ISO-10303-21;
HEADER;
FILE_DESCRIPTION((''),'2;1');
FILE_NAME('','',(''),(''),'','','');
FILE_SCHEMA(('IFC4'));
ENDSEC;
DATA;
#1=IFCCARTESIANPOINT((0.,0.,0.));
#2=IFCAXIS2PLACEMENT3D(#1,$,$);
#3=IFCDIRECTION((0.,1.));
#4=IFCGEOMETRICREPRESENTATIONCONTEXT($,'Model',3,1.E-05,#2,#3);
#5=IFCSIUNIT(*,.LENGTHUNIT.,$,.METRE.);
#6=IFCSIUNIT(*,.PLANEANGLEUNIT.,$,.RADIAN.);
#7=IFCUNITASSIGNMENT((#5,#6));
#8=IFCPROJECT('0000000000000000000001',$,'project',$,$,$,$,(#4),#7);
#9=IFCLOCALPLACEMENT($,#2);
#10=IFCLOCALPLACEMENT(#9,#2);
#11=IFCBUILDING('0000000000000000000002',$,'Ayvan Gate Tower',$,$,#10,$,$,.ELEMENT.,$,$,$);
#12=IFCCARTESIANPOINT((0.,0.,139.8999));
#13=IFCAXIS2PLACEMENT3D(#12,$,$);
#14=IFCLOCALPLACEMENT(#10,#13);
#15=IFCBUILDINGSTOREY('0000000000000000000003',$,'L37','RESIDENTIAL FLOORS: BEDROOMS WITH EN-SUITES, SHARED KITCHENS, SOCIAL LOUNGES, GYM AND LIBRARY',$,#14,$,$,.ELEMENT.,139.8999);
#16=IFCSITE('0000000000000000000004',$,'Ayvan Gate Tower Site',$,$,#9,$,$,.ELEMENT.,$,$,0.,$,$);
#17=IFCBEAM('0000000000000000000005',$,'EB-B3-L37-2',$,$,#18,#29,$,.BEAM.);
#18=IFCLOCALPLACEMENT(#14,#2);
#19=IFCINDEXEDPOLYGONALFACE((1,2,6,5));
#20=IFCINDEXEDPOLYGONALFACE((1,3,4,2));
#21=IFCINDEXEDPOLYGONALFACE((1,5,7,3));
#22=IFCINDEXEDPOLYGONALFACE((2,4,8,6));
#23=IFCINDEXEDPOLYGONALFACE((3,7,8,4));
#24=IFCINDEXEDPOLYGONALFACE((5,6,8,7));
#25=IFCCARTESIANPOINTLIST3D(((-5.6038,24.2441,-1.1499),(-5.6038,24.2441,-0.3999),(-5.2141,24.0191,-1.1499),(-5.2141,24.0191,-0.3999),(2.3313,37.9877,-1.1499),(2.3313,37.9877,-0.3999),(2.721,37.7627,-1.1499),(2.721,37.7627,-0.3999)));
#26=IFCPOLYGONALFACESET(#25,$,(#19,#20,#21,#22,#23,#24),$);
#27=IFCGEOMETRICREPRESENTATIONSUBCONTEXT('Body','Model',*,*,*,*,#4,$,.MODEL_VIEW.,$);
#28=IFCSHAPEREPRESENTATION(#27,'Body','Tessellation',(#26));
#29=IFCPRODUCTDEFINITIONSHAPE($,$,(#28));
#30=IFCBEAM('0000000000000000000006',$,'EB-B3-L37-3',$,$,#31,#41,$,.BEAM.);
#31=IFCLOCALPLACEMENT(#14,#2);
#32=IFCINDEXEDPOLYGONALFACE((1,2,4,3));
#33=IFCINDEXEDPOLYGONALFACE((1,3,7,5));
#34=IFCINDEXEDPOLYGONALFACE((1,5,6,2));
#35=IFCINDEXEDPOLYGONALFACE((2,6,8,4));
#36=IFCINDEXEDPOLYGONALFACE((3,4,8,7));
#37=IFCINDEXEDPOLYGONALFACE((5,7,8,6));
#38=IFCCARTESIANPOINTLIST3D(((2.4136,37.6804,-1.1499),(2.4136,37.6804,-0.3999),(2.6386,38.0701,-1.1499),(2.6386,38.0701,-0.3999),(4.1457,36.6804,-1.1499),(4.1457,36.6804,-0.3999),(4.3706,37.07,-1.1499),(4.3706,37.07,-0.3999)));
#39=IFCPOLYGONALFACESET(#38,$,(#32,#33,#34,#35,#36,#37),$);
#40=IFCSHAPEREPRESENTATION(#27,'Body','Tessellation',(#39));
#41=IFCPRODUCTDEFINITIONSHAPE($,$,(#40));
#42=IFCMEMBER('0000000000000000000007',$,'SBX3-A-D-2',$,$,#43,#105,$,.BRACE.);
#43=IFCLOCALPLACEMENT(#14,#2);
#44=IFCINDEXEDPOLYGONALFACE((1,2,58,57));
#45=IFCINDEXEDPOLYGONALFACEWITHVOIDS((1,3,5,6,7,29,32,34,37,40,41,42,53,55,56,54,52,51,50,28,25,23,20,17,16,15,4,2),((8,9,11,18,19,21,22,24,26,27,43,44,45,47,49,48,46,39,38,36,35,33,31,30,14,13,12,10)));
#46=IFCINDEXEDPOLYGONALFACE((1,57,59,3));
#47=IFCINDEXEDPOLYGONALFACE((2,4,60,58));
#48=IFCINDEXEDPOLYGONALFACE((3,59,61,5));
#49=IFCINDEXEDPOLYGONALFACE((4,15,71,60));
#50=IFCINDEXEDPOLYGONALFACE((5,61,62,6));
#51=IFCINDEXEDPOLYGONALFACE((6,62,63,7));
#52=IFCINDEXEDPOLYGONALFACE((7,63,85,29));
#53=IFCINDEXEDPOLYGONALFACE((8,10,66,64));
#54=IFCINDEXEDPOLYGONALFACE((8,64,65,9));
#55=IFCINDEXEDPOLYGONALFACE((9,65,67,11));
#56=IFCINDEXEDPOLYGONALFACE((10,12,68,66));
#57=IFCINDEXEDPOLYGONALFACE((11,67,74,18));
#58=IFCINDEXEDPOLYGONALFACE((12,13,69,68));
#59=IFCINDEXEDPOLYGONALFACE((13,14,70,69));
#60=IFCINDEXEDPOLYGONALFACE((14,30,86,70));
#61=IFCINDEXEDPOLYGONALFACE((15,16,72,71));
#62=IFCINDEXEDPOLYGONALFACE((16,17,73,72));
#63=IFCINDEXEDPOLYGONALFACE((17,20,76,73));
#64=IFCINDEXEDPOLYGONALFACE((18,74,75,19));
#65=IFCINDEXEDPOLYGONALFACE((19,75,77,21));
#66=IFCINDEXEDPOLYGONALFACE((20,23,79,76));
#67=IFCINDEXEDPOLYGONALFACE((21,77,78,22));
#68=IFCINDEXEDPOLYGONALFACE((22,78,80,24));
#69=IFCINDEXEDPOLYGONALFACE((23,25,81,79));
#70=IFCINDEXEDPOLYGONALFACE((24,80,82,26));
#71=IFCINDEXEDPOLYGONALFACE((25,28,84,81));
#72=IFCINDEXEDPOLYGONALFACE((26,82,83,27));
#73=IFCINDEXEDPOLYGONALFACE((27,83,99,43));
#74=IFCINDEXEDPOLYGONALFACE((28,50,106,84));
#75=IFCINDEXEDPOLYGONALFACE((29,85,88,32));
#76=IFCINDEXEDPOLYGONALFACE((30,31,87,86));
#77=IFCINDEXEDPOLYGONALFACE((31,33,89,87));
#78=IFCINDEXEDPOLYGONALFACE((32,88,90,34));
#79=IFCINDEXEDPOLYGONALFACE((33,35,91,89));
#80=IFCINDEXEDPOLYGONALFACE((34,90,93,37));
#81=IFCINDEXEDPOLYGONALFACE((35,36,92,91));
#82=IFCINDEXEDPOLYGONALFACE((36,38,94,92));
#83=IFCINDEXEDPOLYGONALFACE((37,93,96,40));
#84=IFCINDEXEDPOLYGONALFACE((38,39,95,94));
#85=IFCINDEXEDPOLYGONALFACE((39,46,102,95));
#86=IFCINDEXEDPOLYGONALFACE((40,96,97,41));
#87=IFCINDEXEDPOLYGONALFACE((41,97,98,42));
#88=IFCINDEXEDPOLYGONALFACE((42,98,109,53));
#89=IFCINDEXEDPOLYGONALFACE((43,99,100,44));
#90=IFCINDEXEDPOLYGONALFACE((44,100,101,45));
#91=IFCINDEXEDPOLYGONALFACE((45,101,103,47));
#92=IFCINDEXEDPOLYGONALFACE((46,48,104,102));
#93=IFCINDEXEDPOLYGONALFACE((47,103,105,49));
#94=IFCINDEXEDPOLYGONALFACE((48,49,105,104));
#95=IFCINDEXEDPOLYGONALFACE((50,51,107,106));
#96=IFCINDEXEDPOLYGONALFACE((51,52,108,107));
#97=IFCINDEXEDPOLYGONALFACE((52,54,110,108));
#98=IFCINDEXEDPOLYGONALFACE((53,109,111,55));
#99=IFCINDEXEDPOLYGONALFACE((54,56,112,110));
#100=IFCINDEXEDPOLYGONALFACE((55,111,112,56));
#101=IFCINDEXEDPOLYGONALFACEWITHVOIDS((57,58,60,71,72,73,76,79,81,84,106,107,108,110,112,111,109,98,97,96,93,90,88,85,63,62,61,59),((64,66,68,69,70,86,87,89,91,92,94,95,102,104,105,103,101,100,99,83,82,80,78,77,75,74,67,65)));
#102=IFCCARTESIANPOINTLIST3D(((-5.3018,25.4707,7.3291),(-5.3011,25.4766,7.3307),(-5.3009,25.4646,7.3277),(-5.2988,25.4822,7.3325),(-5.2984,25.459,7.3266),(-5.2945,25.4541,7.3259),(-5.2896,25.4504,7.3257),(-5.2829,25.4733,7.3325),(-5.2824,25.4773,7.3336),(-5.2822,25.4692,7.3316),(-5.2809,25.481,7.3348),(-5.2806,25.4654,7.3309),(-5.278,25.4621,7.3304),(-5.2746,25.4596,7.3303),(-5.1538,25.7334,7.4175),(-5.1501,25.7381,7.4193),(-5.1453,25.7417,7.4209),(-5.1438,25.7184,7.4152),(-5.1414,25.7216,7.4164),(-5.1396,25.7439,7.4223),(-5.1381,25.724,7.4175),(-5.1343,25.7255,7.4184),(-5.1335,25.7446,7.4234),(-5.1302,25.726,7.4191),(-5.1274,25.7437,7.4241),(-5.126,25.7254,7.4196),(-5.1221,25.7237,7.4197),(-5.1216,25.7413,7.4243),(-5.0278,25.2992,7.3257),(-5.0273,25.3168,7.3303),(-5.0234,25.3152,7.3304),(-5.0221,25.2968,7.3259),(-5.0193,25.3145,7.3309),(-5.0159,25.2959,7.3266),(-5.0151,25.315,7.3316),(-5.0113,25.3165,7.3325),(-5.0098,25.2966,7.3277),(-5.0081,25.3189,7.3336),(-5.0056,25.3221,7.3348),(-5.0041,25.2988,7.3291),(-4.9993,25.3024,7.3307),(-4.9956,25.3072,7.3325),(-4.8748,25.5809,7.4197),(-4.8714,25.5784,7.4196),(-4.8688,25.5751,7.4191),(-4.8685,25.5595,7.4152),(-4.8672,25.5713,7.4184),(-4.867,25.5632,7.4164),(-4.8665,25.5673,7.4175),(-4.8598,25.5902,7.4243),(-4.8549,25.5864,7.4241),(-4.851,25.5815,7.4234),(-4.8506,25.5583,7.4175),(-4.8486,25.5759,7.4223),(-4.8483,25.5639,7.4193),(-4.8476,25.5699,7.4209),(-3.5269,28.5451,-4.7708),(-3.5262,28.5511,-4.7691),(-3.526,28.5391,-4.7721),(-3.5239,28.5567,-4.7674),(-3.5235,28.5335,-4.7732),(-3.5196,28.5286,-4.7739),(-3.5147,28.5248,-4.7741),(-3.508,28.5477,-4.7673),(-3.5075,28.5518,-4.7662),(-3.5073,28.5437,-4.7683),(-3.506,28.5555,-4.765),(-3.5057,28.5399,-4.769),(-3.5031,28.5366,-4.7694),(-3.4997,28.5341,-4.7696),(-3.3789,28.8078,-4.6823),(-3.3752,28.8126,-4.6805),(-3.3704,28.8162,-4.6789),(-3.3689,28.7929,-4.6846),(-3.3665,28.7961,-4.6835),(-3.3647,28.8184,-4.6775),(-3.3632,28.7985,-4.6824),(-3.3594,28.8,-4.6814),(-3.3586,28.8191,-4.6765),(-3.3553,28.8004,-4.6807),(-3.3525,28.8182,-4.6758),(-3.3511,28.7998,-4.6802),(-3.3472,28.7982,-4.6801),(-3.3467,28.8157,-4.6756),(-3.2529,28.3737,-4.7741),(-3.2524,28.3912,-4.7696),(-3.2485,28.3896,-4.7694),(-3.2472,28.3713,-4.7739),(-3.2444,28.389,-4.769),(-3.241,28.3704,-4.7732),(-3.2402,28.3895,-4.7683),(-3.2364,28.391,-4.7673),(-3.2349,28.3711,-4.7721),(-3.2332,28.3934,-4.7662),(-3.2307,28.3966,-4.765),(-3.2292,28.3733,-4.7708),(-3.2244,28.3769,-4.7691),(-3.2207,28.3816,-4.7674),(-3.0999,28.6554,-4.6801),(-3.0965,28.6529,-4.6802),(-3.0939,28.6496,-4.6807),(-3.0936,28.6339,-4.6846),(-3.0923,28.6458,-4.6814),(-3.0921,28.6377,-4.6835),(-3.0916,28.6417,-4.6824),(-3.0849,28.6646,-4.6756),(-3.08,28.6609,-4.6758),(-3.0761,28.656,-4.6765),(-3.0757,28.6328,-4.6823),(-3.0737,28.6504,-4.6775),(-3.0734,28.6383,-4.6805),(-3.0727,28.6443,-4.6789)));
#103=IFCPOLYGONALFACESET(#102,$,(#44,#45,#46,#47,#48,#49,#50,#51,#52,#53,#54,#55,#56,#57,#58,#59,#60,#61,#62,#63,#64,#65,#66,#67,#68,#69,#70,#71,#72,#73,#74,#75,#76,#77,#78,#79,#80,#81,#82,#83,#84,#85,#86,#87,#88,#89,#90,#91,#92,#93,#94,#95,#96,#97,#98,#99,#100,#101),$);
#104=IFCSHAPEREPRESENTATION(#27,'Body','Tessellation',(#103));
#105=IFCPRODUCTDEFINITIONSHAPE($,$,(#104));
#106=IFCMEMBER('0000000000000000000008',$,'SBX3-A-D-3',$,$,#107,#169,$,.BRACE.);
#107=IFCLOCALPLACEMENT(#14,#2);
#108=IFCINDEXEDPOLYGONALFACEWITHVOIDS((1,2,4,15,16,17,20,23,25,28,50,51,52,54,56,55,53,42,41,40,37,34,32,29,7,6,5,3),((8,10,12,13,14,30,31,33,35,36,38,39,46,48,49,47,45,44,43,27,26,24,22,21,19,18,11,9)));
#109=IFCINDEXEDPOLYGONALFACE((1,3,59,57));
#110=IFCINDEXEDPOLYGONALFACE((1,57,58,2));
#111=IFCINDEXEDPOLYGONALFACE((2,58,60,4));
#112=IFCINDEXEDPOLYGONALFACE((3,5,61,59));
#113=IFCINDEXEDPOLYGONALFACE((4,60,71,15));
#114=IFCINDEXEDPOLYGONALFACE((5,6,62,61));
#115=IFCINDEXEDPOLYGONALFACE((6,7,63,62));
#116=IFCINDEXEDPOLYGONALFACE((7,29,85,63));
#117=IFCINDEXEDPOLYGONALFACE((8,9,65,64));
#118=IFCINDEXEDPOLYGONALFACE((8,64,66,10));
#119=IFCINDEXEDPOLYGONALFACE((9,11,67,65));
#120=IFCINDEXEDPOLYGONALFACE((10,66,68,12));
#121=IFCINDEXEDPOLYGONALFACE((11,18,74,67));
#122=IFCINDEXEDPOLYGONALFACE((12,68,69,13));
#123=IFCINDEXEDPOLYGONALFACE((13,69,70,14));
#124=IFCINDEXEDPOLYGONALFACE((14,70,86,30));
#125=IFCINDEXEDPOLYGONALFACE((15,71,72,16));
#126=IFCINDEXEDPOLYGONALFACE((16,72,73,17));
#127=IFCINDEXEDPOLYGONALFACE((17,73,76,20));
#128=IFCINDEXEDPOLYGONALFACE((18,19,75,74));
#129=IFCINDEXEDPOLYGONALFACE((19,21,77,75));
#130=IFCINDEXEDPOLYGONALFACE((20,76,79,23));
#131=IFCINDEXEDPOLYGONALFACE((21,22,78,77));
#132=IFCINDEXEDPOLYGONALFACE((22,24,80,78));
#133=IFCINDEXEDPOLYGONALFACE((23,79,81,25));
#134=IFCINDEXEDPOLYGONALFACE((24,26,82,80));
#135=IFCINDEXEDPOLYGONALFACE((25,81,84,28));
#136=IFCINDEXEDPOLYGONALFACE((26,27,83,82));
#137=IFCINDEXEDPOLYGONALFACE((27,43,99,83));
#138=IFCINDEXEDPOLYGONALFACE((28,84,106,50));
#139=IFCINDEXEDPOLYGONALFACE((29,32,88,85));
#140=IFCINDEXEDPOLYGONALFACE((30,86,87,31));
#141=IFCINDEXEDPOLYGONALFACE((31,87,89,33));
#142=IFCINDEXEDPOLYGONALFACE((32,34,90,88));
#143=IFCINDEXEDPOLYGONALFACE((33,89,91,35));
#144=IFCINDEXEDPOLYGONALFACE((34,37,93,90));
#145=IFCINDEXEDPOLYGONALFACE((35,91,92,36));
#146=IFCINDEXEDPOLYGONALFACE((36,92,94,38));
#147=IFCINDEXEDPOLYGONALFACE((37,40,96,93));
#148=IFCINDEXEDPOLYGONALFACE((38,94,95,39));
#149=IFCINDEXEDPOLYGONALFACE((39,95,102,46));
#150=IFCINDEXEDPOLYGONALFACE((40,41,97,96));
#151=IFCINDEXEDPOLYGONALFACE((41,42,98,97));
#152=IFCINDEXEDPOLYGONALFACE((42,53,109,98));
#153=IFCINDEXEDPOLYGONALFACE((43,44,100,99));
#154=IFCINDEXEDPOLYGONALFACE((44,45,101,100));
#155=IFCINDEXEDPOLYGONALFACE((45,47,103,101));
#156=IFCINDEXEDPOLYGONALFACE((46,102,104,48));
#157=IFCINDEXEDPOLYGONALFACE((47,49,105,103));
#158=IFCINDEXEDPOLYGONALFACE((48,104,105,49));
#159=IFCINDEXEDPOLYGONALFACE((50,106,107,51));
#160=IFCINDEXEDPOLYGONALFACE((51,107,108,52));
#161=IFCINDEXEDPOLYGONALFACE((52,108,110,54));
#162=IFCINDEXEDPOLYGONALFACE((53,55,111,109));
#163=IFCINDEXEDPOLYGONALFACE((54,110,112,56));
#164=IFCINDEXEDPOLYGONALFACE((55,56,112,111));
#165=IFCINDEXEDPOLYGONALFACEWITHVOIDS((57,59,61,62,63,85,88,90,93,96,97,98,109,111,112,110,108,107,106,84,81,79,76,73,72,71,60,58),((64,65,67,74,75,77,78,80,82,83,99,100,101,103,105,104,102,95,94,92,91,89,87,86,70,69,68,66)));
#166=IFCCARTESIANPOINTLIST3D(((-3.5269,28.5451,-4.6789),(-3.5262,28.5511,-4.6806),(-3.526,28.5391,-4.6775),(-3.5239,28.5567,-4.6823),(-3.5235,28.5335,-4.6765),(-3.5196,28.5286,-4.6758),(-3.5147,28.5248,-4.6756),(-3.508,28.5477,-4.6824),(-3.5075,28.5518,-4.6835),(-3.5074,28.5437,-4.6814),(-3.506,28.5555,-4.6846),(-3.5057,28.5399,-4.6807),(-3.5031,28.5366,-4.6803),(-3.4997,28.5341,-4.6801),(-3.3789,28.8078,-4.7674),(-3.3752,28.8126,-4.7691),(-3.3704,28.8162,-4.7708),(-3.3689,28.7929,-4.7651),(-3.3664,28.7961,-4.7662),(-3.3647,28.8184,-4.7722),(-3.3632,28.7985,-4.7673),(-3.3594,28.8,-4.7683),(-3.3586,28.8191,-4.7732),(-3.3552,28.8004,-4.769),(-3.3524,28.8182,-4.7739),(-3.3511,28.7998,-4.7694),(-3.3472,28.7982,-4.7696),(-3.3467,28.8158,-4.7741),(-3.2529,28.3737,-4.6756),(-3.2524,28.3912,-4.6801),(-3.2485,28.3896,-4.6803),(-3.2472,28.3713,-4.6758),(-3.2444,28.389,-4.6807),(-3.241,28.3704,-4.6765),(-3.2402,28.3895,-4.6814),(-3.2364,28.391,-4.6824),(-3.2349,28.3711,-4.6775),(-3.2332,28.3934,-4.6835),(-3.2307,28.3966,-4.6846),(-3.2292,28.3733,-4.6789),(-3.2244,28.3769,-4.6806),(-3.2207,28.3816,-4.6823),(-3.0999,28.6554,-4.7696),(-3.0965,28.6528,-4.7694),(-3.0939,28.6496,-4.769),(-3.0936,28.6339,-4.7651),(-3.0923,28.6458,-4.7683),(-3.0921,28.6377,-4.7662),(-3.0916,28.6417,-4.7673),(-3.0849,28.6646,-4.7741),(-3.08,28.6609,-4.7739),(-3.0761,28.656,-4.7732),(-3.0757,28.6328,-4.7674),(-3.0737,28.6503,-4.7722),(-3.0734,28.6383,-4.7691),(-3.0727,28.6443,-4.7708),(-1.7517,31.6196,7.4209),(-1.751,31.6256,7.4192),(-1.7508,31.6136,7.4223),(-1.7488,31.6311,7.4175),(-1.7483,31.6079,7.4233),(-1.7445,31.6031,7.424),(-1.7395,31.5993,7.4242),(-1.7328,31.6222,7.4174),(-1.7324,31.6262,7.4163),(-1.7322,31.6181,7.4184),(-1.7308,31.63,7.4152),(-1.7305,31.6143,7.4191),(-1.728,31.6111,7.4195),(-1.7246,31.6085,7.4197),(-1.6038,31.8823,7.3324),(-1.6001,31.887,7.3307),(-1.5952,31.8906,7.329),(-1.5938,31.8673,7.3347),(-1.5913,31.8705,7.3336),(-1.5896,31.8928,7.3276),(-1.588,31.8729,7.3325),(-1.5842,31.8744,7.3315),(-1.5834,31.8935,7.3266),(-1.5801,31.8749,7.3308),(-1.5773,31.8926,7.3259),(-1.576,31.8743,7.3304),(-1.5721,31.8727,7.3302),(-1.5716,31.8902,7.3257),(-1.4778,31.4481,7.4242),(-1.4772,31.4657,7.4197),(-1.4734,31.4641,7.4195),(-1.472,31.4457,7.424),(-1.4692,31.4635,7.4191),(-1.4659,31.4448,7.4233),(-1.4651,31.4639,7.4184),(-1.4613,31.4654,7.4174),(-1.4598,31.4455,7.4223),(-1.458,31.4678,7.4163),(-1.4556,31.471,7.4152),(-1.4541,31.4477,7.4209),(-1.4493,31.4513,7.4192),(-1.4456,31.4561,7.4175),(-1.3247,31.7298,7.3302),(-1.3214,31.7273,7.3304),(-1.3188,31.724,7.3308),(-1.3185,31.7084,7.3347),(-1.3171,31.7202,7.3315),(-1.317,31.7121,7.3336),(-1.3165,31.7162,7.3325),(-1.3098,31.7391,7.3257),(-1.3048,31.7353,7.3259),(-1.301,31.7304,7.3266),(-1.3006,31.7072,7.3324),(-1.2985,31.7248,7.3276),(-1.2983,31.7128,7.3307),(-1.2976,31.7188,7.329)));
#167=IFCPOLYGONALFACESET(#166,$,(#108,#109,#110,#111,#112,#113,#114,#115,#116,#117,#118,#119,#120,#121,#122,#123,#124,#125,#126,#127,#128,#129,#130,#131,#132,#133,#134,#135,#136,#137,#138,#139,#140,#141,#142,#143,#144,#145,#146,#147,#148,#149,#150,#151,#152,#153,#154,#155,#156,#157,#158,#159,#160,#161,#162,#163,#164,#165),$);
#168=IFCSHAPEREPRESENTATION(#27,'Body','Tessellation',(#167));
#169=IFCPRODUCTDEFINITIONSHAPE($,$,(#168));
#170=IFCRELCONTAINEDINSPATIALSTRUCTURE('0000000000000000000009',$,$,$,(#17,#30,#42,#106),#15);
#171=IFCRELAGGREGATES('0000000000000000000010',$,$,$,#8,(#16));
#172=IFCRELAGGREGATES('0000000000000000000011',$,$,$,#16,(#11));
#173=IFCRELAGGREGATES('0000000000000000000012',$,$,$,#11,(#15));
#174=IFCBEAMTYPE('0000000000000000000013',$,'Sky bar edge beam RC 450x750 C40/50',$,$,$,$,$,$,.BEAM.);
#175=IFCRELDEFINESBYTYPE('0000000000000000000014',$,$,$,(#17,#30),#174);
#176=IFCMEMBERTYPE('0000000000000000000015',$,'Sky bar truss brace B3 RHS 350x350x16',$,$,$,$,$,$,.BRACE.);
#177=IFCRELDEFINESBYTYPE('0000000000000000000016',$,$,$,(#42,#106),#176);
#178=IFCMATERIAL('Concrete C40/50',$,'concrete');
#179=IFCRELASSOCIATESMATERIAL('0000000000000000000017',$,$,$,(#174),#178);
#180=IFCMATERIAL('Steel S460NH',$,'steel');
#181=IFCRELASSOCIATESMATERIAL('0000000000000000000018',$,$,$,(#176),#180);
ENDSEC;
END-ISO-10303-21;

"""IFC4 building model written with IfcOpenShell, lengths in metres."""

from ifc_helpers import new_model, si_unit, direction, frame, origin, origin_2d, place, context, subcontext, project, spatial, rectangle, hollow_rectangle, extrude, material, material_profile, profile_set, type_object, element, save


model = new_model("IFC4")

# Units and contexts
model_context = context("Model", 3, precision=1e-05, world=origin(), true_north=direction((0.0, 1.0)))
body_context = subcontext(model_context, "Body", "Model", "MODEL_VIEW")
ifc_project = project(units=[si_unit("LENGTHUNIT", "METRE"), si_unit("PLANEANGLEUNIT", "RADIAN")], contexts=[model_context])

# Site, building, storey
site_placement = place(None, origin())
site = spatial("IfcSite", under=ifc_project, at=site_placement, Name="Ayvan Gate Tower Site", CompositionType="ELEMENT", RefElevation=0.0)
building_placement = place(site_placement, origin())
building = spatial("IfcBuilding", under=site, at=building_placement, Name="Ayvan Gate Tower", CompositionType="ELEMENT")
storey_placement = place(building_placement, frame((0.0, 0.0, 139.8999)))
storey = spatial("IfcBuildingStorey", under=building, at=storey_placement, Name="L37", Description="RESIDENTIAL FLOORS: BEDROOMS WITH EN-SUITES, SHARED KITCHENS, SOCIAL LOUNGES, GYM AND LIBRARY", CompositionType="ELEMENT", Elevation=139.8999)

# Beams
ifc_material_1 = material(Name="Concrete C40/50", Category="concrete")
ifc_material_profile_1 = material_profile(ifc_material_1, rectangle(XDim=0.45, YDim=0.75, at=origin_2d()), Name="RC 450x750")
ifc_profile_set_1 = profile_set([ifc_material_profile_1], Name="Concrete C40/50")
beam_type = type_object("IfcBeamType", Name="Sky bar edge beam RC 450x750 C40/50", PredefinedType="BEAM", material=ifc_profile_set_1)
beam_1_placement = place(storey_placement, frame((-5.4089, 24.1316, -0.7749), z_axis=(0.500007, 0.866021, 0.0), x_axis=(-0.866021, 0.500007, 0.0)))
element("IfcBeam", 1, at=beam_1_placement, inside=storey, type_object=beam_type, Name="EB-B3-L37-2", PredefinedType="BEAM", context=body_context, shape_type="SweptSolid", body=[
    extrude(rectangle(XDim=0.45, YDim=0.75, at=origin_2d()), origin(), (0.0, 0.0, 1.0), 15.8699),
])
beam_2_placement = place(storey_placement, frame((2.5261, 37.8752, -0.7749), z_axis=(0.866011, -0.500025, 0.0), x_axis=(0.500025, 0.866011, 0.0)))
element("IfcBeam", 2, at=beam_2_placement, inside=storey, type_object=beam_type, Name="EB-B3-L37-3", PredefinedType="BEAM", context=body_context, shape_type="SweptSolid", body=[
    extrude(rectangle(XDim=0.45, YDim=0.75, at=origin_2d()), origin(), (0.0, 0.0, 1.0), 2.0),
])

# Members
ifc_material_2 = material(Name="Steel S460NH", Category="steel")
ifc_material_profile_2 = material_profile(ifc_material_2, hollow_rectangle(XDim=0.3501, YDim=0.3501, WallThickness=0.0161, InnerFilletRadius=0.0161, OuterFilletRadius=0.0239, at=origin_2d()), Name="RHS 350x350x16")
ifc_profile_set_2 = profile_set([ifc_material_profile_2], Name="Steel S460NH")
member_type_1 = type_object("IfcMemberType", Name="Sky bar truss brace B3 RHS 350x350x16", PredefinedType="BRACE", material=ifc_profile_set_2)
for number, where, z_axis, x_axis, name in (
    (3, (-5.0747, 25.5203, 7.375), (0.140755, 0.243814, -0.959553), (-0.866042, 0.49997, 0.0), "SBX3-A-D-2"),
    (4, (-3.2998, 28.5947, -4.7249), (0.140774, 0.243813, 0.959551), (-0.866013, 0.500022, 0.0), "SBX3-A-D-3"),
):
    element("IfcMember", number, at=place(storey_placement, frame(where, z_axis=z_axis, x_axis=x_axis)), inside=storey, type_object=member_type_1, Name=name, PredefinedType="BRACE", context=body_context, shape_type="SweptSolid", body=[
        extrude(hollow_rectangle(XDim=0.3501, YDim=0.3501, WallThickness=0.0161, InnerFilletRadius=0.0161, OuterFilletRadius=0.0239, at=origin_2d()), origin(), (0.0, 0.0, 1.0), 12.6099),
    ])

save(model, "model.ifc")
